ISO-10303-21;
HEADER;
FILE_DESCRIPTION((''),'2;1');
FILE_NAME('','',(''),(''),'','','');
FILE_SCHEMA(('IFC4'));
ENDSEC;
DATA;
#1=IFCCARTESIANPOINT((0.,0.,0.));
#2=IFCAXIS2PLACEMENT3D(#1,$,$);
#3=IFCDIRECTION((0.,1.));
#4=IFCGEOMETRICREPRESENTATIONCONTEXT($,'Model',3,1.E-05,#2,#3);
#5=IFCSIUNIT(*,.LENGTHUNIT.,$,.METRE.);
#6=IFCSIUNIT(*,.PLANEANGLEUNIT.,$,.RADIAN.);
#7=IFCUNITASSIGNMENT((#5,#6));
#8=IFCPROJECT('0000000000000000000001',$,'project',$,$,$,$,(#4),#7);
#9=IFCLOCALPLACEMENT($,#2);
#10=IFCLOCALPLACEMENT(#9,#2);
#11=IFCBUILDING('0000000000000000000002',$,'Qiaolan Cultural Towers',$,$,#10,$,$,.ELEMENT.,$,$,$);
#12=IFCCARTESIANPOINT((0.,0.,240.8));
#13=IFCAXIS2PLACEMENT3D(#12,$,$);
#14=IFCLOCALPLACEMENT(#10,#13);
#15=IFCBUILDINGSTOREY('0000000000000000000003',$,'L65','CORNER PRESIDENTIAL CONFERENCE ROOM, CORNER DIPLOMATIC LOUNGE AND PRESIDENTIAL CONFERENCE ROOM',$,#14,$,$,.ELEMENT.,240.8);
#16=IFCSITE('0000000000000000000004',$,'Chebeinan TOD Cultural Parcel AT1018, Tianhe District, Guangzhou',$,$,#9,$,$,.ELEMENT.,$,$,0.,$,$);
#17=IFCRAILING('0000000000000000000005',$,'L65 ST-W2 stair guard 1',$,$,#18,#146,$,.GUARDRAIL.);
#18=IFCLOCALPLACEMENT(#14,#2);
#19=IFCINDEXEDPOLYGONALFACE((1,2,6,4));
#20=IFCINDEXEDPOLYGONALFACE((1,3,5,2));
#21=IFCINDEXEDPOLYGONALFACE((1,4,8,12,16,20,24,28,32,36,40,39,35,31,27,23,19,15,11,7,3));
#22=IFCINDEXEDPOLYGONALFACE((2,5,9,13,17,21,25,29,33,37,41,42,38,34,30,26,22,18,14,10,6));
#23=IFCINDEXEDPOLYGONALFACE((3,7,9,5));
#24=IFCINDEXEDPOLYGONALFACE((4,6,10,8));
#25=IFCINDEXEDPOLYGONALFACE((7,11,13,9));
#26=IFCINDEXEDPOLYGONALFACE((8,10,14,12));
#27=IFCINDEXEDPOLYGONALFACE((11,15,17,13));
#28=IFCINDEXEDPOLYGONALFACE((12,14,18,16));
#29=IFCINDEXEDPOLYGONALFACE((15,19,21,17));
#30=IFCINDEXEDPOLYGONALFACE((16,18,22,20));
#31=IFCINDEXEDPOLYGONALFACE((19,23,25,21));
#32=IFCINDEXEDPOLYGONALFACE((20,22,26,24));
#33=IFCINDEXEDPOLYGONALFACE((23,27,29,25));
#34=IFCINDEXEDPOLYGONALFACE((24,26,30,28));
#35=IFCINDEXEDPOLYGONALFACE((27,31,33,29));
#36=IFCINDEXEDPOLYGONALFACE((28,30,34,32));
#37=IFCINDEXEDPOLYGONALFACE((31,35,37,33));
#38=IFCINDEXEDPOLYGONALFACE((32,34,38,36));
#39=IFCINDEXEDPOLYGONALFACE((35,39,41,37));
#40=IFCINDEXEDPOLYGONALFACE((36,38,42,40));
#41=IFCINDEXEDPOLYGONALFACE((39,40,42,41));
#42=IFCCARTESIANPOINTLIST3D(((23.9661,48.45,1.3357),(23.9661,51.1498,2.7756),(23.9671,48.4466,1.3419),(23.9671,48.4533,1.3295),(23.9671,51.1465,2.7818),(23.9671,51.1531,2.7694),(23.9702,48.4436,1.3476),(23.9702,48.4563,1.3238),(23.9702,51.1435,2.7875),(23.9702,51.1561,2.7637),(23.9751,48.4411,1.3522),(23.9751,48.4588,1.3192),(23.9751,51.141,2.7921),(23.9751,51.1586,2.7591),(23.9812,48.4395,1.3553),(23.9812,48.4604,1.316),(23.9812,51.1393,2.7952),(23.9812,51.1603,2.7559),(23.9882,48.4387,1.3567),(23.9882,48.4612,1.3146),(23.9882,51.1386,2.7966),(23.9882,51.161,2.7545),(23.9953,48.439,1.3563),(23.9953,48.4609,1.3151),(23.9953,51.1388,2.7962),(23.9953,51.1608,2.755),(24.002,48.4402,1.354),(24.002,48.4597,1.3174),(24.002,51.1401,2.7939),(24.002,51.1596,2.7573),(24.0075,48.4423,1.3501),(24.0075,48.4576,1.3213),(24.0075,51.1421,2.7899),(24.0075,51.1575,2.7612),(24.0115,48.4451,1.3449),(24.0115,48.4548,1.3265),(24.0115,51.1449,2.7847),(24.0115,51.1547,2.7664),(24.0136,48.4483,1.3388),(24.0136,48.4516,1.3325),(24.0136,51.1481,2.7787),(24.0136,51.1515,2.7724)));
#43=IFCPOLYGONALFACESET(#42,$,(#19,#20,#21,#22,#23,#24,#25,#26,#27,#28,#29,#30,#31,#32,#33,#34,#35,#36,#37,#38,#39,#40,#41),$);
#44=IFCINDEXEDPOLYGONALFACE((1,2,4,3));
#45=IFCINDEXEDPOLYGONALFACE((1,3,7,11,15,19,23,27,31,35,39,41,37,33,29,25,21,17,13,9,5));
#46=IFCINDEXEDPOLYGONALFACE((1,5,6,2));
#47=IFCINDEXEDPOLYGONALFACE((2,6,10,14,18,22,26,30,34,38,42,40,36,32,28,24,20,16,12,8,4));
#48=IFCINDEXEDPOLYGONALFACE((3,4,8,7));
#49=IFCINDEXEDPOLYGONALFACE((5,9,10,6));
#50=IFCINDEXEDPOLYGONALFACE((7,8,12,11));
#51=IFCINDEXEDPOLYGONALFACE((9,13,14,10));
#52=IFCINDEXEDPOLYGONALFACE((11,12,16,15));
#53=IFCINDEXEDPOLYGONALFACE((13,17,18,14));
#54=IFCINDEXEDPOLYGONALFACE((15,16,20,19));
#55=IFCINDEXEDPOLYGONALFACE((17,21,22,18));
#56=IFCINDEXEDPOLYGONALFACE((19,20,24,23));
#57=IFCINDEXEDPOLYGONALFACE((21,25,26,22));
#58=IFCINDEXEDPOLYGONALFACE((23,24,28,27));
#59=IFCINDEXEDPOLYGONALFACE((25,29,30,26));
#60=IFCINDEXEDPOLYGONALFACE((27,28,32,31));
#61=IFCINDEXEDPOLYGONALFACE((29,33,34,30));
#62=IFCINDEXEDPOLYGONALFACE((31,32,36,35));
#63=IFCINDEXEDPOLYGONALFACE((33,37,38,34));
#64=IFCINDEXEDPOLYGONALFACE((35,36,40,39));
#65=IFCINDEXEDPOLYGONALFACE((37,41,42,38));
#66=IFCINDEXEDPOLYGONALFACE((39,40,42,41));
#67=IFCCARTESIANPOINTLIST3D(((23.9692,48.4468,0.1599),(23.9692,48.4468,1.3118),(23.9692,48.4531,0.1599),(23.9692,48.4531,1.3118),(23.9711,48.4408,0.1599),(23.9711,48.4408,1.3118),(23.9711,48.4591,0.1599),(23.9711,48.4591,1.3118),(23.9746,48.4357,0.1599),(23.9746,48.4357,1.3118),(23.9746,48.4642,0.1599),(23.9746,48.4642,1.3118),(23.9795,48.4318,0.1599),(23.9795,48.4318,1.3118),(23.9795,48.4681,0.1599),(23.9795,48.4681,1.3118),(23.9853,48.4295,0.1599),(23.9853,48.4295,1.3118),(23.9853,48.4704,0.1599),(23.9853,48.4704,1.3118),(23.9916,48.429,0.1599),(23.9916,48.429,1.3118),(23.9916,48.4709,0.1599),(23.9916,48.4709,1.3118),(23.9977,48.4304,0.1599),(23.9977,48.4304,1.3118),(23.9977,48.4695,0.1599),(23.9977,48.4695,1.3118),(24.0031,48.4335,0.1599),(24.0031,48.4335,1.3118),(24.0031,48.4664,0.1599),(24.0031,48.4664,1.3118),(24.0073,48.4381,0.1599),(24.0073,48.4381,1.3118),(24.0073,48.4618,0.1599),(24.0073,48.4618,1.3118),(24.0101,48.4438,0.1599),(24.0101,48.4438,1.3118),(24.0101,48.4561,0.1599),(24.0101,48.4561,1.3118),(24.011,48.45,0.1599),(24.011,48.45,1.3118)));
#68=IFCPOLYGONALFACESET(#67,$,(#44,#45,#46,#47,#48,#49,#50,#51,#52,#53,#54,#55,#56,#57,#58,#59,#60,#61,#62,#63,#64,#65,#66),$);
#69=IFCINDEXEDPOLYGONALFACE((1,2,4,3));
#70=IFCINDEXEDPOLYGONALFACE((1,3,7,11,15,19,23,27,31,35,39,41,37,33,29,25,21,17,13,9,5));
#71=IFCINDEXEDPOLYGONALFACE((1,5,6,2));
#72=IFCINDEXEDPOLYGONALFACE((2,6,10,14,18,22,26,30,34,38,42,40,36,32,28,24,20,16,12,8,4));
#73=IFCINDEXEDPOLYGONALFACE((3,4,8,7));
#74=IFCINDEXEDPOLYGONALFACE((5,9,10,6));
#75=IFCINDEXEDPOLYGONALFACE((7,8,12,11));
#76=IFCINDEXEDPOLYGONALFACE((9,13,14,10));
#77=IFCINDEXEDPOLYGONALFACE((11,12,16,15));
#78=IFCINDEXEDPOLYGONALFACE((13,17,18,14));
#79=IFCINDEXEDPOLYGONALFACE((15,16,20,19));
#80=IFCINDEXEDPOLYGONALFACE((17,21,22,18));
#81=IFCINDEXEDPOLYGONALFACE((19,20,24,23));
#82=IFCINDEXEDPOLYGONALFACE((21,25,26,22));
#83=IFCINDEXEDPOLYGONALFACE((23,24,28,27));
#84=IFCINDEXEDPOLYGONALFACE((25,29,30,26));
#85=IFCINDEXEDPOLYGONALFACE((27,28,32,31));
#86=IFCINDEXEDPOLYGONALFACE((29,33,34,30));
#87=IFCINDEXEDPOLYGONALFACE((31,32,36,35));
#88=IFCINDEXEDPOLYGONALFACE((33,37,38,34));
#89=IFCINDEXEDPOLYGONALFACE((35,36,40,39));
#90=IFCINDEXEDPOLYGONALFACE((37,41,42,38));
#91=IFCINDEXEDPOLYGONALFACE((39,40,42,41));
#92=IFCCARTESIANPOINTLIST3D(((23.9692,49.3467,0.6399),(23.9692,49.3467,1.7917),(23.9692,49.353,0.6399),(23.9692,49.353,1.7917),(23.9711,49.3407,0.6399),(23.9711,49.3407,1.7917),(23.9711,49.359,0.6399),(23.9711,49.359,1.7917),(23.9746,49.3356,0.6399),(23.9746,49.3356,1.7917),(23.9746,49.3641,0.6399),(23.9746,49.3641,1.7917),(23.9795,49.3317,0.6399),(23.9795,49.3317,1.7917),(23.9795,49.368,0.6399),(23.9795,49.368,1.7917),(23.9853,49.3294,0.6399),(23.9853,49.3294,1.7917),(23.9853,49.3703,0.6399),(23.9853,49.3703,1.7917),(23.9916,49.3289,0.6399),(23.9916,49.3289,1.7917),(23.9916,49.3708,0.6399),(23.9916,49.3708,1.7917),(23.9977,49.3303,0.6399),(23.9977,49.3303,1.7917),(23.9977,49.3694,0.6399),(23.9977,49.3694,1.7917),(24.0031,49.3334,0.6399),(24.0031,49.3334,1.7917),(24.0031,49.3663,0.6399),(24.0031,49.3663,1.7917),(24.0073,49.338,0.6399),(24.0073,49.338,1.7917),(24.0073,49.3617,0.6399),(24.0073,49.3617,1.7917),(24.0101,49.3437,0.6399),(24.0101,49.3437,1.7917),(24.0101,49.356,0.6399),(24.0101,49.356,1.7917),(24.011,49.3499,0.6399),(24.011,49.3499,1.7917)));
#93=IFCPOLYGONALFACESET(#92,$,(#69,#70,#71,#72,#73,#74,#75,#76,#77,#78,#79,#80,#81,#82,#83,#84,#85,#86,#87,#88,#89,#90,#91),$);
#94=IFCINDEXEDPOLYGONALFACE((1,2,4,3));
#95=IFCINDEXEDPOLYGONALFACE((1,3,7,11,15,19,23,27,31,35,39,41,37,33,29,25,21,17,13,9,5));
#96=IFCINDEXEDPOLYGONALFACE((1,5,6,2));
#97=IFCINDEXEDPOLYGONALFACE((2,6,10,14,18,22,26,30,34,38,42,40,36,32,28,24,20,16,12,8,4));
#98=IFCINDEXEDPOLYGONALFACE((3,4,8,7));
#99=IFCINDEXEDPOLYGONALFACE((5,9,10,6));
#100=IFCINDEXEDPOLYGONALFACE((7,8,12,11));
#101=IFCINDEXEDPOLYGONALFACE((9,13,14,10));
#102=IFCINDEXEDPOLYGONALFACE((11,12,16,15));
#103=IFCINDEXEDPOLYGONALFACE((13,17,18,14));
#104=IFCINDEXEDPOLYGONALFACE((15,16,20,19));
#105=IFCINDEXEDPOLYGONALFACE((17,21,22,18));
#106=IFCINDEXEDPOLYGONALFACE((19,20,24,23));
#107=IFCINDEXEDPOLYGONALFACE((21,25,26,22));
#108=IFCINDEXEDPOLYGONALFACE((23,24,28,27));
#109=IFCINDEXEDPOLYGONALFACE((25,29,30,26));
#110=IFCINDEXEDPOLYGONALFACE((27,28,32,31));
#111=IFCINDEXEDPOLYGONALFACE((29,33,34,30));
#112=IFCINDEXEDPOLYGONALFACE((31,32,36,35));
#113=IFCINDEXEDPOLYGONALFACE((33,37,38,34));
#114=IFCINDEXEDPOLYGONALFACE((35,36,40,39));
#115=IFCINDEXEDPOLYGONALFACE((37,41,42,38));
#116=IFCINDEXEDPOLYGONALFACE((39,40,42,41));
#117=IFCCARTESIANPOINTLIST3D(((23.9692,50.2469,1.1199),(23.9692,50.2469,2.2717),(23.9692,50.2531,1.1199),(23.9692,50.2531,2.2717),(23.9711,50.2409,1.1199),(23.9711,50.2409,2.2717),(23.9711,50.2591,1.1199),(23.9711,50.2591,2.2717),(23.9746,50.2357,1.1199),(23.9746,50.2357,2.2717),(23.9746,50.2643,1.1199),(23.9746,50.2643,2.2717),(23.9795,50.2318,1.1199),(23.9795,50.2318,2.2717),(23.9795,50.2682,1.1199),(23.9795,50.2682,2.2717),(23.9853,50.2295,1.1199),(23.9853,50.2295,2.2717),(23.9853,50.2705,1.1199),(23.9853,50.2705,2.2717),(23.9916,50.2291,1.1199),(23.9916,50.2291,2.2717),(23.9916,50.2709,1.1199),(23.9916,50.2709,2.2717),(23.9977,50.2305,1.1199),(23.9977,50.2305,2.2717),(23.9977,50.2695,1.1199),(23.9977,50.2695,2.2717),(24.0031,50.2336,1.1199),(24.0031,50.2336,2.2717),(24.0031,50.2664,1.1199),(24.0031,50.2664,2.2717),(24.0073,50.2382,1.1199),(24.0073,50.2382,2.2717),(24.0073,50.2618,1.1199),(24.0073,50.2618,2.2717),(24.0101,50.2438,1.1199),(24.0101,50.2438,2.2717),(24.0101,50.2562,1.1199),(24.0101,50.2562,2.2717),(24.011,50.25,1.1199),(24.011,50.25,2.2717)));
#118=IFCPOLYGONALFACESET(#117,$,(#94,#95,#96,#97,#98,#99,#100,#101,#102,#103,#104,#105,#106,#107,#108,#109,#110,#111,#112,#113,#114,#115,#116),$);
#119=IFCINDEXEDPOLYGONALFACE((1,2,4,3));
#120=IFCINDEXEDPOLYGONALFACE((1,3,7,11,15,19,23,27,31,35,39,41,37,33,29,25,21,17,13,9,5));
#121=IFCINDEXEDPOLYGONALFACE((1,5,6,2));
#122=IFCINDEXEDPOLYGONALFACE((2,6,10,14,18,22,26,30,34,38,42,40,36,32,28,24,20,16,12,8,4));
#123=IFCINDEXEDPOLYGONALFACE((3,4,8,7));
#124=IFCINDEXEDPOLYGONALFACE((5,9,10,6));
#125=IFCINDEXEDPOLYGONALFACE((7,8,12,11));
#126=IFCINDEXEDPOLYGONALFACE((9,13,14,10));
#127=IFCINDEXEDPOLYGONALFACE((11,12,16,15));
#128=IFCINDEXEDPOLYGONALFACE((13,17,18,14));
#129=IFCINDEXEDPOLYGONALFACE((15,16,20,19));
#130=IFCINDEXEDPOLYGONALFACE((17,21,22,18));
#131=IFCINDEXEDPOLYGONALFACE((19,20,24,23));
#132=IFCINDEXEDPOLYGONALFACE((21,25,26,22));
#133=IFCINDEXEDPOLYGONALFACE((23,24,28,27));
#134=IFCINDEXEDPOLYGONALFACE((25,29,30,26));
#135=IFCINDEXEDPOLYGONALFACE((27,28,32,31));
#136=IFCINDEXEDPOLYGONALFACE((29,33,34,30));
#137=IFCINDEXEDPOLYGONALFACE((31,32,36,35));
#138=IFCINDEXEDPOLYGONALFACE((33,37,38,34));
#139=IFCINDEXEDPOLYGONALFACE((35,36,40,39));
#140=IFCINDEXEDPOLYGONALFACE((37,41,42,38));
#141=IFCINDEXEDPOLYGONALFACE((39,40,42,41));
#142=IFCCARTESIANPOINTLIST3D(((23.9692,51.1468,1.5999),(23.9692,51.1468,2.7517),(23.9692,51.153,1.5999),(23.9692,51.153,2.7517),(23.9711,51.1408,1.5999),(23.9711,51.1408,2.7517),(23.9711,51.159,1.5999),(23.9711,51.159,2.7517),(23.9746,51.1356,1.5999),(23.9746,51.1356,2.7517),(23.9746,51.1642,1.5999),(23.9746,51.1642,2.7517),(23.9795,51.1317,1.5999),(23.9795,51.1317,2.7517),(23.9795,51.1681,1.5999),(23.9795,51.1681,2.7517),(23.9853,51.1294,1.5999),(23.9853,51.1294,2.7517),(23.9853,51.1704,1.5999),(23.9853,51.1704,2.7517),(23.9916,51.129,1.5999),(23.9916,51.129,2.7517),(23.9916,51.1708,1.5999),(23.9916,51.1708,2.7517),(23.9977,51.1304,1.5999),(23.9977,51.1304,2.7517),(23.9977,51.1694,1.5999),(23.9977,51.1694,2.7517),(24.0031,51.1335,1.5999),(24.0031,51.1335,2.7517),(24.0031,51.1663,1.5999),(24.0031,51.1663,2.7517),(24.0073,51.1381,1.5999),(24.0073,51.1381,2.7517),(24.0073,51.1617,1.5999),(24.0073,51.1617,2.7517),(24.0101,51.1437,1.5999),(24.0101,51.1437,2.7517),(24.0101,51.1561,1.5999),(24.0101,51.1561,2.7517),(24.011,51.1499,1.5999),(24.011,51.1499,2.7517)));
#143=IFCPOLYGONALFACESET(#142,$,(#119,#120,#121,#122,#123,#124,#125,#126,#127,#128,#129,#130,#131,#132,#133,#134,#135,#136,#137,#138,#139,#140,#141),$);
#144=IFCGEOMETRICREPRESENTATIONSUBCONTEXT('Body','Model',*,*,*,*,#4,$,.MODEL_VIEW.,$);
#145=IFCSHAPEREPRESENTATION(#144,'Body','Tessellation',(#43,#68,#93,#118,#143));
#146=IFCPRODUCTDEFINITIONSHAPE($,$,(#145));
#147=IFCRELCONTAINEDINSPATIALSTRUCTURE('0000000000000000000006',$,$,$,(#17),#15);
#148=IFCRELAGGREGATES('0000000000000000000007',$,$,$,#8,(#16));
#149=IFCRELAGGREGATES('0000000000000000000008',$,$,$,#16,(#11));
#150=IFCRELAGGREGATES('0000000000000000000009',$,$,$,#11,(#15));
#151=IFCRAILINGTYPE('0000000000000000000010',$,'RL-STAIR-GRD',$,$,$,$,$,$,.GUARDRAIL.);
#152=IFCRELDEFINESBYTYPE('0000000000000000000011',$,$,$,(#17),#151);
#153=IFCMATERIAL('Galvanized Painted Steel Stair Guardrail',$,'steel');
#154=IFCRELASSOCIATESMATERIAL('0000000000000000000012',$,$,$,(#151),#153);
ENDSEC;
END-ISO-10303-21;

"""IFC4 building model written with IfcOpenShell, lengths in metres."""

from ifc_helpers import new_model, si_unit, direction, frame, origin, origin_2d, place, context, subcontext, project, spatial, circle, extrude, material, type_object, element, save


model = new_model("IFC4")

# Units and contexts
model_context = context("Model", 3, precision=1e-05, world=origin(), true_north=direction((0.0, 1.0)))
body_context = subcontext(model_context, "Body", "Model", "MODEL_VIEW")
ifc_project = project(units=[si_unit("LENGTHUNIT", "METRE"), si_unit("PLANEANGLEUNIT", "RADIAN")], contexts=[model_context])

# Site, building, storey
site_placement = place(None, origin())
site = spatial("IfcSite", under=ifc_project, at=site_placement, Name="Chebeinan TOD Cultural Parcel AT1018, Tianhe District, Guangzhou", CompositionType="ELEMENT", RefElevation=0.0)
building_placement = place(site_placement, origin())
building = spatial("IfcBuilding", under=site, at=building_placement, Name="Qiaolan Cultural Towers", CompositionType="ELEMENT")
storey_placement = place(building_placement, frame((0.0, 0.0, 240.8)))
storey = spatial("IfcBuildingStorey", under=building, at=storey_placement, Name="L65", Description="CORNER PRESIDENTIAL CONFERENCE ROOM, CORNER DIPLOMATIC LOUNGE AND PRESIDENTIAL CONFERENCE ROOM", CompositionType="ELEMENT", Elevation=240.8)

# Railing
ifc_material_1 = material(Name="Galvanized Painted Steel Stair Guardrail", Category="steel")
railing_type_1 = type_object("IfcRailingType", Name="RL-STAIR-GRD", PredefinedType="GUARDRAIL", material=ifc_material_1)
railing_1_placement = place(storey_placement, frame((23.99, 48.45, 0.1599)))
element("IfcRailing", 1, at=railing_1_placement, inside=storey, type_object=railing_type_1, Name="L65 ST-W2 stair guard 1", PredefinedType="GUARDRAIL", context=body_context, shape_type="SweptSolid", body=[
    extrude(circle(Radius=0.0239, at=origin_2d()), frame((0.0, 0.0, 1.1758), z_axis=(0.0, 0.882357, 0.47058), x_axis=(-1.0, 0.0, 0.0)), (0.0, 0.0, 1.0), 3.0598),
    extrude(circle(Radius=0.021, at=origin_2d()), origin(), (0.0, 0.0, 1.0), 1.1519),
    extrude(circle(Radius=0.021, at=origin_2d()), frame((0.0, 0.8999, 0.48)), (0.0, 0.0, 1.0), 1.1519),
    extrude(circle(Radius=0.021, at=origin_2d()), frame((0.0, 1.8, 0.96)), (0.0, 0.0, 1.0), 1.1519),
    extrude(circle(Radius=0.021, at=origin_2d()), frame((0.0, 2.7, 1.4399)), (0.0, 0.0, 1.0), 1.1519),
])

save(model, "model.ifc")
